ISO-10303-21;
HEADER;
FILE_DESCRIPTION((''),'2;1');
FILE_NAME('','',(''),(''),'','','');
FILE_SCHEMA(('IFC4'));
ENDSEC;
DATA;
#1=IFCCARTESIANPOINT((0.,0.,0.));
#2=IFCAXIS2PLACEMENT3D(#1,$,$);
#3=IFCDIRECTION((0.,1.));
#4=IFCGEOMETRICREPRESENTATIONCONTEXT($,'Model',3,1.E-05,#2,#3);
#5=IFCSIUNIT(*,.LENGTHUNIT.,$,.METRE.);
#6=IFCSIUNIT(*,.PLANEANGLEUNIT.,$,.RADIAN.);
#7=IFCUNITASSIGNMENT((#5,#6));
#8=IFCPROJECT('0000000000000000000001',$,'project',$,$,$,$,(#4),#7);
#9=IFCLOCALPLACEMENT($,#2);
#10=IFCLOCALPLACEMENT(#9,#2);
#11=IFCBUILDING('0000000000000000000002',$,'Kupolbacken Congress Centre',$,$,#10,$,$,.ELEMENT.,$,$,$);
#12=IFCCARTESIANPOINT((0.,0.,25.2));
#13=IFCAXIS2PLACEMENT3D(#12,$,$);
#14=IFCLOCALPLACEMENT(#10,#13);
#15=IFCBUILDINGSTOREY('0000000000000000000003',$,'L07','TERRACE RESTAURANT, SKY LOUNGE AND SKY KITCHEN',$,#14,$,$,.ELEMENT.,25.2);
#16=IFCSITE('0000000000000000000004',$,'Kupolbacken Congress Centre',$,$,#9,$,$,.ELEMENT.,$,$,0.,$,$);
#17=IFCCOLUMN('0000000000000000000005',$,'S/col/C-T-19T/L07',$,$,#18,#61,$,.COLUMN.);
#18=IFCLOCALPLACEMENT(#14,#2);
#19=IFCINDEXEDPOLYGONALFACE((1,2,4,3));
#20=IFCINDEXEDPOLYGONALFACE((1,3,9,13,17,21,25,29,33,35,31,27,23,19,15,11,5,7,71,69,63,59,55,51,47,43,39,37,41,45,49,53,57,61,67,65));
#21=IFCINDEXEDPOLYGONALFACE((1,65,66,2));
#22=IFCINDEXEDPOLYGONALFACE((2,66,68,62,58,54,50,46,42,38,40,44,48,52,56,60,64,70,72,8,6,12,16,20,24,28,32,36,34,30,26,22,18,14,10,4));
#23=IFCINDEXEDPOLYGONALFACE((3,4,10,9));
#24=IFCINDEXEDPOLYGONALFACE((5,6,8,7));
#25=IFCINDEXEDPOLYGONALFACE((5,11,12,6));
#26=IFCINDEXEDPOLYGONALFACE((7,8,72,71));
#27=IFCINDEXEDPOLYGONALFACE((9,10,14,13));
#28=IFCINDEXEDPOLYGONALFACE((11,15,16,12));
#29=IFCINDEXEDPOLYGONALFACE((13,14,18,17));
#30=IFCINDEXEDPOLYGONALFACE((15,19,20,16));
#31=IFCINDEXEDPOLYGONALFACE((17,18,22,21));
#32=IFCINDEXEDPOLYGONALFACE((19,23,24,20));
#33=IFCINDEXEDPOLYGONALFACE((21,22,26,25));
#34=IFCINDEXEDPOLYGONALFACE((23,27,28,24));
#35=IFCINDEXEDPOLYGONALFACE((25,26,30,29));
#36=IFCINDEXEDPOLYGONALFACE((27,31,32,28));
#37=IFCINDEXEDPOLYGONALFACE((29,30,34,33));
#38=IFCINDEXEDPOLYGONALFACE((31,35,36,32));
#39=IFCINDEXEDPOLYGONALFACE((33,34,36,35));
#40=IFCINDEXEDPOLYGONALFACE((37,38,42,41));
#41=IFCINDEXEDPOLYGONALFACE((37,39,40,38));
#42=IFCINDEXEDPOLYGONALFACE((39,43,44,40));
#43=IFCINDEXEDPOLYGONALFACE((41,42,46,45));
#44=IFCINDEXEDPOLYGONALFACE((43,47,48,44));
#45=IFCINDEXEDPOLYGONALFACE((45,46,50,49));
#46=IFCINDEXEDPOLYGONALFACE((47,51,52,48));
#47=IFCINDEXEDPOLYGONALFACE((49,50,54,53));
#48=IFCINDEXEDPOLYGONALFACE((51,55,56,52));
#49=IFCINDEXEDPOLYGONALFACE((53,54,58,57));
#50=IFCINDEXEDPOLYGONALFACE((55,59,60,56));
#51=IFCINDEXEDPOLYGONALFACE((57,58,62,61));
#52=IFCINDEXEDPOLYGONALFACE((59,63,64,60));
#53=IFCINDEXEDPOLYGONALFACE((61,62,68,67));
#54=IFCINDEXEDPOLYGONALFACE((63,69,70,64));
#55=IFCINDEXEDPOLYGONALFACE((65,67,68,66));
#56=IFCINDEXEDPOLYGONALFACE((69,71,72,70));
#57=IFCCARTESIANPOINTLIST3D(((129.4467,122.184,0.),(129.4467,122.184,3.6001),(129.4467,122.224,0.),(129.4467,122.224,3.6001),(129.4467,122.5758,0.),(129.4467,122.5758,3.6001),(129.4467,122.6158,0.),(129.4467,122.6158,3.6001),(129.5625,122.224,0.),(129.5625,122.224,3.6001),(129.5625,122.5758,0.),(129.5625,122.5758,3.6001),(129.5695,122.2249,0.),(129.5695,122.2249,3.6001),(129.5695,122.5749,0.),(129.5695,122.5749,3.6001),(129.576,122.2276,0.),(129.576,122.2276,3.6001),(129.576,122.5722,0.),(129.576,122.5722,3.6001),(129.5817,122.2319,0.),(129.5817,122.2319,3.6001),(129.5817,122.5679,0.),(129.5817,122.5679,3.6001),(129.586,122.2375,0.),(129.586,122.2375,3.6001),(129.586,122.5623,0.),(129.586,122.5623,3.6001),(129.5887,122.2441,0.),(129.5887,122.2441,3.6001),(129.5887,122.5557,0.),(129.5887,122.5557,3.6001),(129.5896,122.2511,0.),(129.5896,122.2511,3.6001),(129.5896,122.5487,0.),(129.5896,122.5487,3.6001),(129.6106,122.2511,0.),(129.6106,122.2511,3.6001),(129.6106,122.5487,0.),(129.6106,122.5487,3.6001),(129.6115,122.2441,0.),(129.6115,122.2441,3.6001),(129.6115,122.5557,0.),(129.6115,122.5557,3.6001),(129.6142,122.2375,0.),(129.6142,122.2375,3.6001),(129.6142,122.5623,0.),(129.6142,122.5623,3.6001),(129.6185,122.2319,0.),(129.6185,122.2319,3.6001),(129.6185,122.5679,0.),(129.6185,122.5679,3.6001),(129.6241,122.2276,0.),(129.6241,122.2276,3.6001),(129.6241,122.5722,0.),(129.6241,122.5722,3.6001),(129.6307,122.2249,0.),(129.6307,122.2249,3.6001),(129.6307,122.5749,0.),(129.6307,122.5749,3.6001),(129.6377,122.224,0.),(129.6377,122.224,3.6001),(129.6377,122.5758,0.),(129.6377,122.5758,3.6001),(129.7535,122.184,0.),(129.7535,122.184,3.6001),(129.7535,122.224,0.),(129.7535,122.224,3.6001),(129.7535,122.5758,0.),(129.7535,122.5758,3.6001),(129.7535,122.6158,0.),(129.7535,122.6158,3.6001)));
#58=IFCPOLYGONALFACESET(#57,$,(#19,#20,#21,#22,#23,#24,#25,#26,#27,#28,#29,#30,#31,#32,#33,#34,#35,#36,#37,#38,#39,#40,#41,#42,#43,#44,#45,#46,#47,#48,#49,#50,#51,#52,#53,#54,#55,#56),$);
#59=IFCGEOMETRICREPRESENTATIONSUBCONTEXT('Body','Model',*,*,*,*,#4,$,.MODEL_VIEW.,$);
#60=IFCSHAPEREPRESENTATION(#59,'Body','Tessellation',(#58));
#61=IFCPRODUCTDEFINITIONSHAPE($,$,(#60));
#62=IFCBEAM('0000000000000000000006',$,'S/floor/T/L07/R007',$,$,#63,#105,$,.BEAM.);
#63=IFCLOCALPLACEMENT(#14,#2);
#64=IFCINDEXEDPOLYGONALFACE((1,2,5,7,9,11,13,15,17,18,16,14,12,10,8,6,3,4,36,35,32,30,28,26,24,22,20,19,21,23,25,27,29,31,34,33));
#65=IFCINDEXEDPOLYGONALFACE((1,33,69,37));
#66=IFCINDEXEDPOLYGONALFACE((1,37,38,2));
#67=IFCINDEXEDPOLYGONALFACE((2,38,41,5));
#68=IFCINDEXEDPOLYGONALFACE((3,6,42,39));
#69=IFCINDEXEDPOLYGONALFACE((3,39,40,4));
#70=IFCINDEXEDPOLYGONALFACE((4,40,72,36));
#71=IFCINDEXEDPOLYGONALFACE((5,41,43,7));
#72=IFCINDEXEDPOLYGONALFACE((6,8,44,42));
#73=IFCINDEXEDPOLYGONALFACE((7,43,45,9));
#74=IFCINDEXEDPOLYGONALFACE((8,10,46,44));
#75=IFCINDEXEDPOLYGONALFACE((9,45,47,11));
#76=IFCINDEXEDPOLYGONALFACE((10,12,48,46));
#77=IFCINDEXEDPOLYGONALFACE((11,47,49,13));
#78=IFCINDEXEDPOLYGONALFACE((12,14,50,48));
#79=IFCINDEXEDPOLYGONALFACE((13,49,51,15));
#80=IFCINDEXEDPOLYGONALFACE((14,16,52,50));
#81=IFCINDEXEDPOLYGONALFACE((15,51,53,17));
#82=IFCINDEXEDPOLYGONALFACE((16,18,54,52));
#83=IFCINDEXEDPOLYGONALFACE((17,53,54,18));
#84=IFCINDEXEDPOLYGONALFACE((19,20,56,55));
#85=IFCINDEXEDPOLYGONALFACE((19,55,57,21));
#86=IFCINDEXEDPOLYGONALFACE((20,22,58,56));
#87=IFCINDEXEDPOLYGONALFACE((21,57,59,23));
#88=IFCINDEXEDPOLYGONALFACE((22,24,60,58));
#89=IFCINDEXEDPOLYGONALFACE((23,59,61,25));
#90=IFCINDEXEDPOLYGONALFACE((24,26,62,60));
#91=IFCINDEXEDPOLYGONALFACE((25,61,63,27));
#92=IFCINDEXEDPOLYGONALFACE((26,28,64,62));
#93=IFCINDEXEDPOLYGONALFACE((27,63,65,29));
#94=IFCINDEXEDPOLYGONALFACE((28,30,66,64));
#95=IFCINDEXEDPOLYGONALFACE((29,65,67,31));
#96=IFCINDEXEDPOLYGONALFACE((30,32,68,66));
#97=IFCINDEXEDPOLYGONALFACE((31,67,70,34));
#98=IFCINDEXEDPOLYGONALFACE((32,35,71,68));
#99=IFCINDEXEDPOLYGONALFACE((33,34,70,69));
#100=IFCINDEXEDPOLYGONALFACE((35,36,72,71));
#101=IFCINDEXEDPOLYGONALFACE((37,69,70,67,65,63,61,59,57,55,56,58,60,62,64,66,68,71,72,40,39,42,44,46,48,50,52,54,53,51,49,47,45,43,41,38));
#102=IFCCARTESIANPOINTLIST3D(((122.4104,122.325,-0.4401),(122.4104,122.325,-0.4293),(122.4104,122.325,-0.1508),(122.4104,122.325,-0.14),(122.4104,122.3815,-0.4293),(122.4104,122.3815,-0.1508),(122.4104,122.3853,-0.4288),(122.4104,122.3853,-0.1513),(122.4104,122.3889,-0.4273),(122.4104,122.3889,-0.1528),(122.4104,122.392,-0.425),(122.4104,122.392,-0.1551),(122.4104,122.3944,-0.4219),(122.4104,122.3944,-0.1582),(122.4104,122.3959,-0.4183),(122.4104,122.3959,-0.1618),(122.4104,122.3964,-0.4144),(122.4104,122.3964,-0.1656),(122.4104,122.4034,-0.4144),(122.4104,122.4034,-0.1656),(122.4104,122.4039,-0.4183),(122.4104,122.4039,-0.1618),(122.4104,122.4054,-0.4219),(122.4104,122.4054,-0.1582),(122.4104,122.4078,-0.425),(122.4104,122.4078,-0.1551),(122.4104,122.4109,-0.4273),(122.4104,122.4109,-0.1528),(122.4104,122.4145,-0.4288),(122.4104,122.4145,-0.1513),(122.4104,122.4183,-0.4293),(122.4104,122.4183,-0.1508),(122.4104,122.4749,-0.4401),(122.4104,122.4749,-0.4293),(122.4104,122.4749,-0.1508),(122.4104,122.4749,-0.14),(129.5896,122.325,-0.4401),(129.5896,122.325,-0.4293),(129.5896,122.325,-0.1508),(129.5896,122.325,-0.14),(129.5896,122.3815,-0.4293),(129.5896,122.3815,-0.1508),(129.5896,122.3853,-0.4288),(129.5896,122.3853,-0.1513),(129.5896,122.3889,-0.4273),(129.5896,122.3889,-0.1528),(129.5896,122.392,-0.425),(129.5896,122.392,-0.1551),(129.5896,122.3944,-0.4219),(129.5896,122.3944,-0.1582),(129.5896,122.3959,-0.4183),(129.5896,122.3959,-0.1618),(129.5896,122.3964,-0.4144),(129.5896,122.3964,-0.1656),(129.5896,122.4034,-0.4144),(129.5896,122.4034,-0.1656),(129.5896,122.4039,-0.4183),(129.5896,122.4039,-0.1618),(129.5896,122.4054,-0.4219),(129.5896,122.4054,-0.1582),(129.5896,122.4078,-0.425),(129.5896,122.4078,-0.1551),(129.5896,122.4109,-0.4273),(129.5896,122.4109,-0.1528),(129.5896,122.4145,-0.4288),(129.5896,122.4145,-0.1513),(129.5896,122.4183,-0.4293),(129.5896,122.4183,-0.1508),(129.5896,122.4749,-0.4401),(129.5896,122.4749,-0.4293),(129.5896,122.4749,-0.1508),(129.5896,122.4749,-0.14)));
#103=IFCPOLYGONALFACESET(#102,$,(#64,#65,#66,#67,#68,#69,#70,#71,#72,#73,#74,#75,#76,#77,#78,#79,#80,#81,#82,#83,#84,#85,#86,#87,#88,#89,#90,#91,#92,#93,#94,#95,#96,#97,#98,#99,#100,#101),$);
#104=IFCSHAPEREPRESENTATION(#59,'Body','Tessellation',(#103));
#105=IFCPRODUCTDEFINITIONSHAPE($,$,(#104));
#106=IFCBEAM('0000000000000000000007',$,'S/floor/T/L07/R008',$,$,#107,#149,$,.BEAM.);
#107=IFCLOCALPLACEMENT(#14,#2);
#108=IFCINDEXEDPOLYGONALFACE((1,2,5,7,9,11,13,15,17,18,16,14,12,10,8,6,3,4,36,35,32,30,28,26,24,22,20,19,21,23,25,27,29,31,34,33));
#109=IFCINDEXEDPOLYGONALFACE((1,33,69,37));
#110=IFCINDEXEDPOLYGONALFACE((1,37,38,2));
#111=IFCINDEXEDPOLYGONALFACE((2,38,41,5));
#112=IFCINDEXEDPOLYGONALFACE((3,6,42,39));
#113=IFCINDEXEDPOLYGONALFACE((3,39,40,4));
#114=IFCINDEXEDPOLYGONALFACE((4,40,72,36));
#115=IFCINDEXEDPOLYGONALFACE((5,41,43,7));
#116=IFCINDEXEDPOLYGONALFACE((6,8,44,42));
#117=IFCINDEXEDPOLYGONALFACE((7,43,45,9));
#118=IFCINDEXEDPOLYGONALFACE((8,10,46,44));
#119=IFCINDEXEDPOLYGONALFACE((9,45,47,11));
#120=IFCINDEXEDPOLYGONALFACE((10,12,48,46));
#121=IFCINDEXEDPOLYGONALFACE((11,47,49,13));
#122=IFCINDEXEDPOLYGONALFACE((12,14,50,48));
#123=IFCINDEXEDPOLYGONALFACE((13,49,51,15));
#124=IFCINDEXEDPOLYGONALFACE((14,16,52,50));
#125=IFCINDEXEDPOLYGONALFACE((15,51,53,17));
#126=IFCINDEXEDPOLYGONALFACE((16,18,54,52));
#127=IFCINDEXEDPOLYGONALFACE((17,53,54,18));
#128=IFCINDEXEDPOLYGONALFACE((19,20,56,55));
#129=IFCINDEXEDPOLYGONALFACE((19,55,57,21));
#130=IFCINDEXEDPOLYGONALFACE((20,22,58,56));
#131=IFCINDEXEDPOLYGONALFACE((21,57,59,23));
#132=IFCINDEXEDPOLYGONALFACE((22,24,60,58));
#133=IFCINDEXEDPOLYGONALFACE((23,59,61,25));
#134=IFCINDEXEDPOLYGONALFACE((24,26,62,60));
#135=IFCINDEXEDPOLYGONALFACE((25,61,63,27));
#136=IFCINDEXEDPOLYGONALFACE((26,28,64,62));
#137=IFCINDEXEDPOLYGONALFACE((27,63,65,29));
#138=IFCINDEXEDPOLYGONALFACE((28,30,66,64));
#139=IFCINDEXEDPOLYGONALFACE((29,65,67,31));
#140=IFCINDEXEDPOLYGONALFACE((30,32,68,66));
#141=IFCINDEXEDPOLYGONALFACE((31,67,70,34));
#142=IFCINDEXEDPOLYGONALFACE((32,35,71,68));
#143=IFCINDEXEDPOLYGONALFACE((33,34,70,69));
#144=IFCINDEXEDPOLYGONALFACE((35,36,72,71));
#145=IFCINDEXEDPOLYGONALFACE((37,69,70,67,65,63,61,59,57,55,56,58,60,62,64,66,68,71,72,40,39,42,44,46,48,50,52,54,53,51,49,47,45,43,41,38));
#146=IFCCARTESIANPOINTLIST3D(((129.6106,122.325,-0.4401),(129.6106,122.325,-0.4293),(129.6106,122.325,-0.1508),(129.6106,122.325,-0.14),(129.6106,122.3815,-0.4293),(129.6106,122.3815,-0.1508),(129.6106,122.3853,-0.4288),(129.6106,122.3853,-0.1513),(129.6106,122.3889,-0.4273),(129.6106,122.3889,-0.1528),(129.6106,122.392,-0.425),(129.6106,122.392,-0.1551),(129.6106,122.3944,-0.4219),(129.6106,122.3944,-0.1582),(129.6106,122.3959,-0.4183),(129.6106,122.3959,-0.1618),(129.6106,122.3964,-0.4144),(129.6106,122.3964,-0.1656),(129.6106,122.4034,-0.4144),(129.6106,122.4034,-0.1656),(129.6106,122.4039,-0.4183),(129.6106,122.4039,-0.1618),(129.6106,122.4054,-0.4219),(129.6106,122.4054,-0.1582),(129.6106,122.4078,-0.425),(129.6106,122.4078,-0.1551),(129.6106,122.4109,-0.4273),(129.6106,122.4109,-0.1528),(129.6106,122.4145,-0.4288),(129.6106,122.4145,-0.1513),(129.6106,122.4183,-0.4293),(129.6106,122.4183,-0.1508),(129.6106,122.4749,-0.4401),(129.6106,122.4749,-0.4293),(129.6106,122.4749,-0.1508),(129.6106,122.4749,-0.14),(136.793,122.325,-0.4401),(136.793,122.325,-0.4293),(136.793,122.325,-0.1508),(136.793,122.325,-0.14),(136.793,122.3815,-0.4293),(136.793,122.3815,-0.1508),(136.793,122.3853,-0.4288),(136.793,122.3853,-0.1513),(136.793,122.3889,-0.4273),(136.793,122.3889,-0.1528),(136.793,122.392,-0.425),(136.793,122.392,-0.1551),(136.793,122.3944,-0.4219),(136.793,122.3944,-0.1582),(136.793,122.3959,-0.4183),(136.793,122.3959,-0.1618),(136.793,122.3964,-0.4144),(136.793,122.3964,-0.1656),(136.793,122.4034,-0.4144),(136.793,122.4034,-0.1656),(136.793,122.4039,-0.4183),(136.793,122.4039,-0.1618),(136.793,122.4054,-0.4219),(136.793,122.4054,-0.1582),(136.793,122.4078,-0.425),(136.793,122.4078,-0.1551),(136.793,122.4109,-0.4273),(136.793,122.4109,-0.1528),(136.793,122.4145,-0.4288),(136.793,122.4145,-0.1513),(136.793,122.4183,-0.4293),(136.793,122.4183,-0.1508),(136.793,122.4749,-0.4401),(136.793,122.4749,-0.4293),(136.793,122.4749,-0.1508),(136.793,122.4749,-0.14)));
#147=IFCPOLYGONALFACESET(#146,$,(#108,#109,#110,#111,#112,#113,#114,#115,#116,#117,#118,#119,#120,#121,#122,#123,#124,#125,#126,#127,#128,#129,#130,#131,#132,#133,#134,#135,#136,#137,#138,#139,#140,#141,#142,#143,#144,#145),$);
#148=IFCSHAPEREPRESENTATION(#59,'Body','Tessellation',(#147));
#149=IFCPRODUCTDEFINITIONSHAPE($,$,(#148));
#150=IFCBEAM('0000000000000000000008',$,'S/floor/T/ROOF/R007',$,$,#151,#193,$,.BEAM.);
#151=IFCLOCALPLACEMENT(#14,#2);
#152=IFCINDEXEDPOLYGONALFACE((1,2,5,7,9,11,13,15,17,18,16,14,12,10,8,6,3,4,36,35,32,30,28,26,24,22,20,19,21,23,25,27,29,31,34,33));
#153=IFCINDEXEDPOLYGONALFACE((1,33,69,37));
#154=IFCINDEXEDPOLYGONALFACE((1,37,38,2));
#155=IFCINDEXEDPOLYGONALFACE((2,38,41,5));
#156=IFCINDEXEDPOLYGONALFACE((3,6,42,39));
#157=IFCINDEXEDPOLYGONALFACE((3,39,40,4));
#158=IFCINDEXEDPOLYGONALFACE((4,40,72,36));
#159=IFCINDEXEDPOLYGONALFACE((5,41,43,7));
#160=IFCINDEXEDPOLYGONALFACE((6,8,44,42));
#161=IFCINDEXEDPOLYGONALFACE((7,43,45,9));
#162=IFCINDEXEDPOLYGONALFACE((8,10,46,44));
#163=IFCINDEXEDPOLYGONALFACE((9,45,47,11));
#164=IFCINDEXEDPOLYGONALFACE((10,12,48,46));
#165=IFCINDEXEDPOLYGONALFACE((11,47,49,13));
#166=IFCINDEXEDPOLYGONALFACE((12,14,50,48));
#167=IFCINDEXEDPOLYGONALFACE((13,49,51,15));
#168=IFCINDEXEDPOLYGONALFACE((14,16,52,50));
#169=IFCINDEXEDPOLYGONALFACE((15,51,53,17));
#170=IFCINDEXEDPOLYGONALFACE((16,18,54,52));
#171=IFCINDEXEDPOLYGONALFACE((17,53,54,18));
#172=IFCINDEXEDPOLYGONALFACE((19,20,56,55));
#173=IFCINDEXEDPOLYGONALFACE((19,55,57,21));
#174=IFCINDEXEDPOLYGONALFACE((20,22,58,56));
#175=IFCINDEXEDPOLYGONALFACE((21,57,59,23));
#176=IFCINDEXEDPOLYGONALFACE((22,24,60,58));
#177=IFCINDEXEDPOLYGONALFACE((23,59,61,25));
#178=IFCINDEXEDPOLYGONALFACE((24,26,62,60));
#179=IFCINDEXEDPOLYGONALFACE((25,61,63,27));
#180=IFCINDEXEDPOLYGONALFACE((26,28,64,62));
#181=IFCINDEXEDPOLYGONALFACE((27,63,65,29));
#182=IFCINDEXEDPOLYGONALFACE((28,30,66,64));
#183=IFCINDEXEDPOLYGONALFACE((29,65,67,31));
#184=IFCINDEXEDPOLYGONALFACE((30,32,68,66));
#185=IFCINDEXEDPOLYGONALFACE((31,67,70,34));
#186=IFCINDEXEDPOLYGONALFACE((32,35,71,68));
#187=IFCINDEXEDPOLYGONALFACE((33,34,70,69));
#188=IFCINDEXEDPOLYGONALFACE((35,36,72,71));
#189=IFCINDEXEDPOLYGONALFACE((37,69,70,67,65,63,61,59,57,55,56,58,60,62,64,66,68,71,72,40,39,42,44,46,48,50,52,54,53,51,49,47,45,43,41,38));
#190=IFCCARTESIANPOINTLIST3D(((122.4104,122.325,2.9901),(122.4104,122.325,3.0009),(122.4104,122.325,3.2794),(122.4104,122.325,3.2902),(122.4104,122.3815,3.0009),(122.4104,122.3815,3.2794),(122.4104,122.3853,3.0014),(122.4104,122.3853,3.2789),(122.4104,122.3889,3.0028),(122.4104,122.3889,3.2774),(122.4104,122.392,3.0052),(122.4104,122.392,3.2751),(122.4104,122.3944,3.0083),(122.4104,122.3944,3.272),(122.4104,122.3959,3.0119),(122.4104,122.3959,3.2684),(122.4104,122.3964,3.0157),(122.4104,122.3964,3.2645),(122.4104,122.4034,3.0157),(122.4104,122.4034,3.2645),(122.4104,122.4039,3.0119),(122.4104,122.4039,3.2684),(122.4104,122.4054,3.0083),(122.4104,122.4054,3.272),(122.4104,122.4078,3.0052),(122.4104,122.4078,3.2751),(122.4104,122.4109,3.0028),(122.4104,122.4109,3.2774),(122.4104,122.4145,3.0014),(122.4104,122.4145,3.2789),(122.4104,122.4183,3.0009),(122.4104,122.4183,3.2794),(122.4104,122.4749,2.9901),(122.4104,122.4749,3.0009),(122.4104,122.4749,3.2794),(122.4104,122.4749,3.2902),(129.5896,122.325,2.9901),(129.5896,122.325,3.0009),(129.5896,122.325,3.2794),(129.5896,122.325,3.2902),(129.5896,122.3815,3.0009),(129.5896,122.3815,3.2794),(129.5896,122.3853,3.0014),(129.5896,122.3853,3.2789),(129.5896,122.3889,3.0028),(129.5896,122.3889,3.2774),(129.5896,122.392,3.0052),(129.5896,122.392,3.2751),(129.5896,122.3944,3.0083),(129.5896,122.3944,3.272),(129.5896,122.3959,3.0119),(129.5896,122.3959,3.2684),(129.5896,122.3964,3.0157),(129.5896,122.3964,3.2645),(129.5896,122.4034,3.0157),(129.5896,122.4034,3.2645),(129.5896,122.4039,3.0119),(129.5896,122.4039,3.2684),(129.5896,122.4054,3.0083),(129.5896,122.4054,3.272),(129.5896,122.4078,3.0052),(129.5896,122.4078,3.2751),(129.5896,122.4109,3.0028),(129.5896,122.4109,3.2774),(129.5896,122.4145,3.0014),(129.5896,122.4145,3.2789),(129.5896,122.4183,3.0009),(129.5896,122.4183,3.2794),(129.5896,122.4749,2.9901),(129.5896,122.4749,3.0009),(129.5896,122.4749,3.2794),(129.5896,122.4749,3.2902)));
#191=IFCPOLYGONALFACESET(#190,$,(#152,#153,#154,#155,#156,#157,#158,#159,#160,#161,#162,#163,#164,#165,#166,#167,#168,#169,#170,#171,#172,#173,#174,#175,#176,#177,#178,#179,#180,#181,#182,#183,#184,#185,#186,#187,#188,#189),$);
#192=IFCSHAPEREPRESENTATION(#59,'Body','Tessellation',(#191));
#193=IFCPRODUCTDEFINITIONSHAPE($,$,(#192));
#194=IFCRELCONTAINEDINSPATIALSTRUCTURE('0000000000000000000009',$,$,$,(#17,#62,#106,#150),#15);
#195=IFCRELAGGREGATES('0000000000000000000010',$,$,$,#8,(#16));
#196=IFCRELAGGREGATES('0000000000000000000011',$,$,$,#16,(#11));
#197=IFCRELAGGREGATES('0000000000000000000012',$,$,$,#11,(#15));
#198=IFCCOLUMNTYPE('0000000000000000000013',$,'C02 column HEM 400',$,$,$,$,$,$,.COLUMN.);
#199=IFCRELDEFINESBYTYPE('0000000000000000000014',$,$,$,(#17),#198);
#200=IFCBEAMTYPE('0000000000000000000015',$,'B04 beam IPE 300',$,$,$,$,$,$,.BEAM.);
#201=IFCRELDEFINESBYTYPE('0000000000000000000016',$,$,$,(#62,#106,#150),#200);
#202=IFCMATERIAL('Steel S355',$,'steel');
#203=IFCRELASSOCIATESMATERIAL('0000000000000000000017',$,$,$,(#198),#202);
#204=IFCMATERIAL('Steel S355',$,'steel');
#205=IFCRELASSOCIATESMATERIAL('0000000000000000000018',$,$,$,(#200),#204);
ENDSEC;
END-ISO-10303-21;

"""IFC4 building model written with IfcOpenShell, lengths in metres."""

from ifc_helpers import new_model, si_unit, direction, frame, origin, origin_2d, place, context, subcontext, project, spatial, i_section, extrude, material, material_profile, profile_set, type_object, element, save


model = new_model("IFC4")

# Units and contexts
model_context = context("Model", 3, precision=1e-05, world=origin(), true_north=direction((0.0, 1.0)))
body_context = subcontext(model_context, "Body", "Model", "MODEL_VIEW")
ifc_project = project(units=[si_unit("LENGTHUNIT", "METRE"), si_unit("PLANEANGLEUNIT", "RADIAN")], contexts=[model_context])

# Site, building, storey
site_placement = place(None, origin())
site = spatial("IfcSite", under=ifc_project, at=site_placement, Name="Kupolbacken Congress Centre", CompositionType="ELEMENT", RefElevation=0.0)
building_placement = place(site_placement, origin())
building = spatial("IfcBuilding", under=site, at=building_placement, Name="Kupolbacken Congress Centre", CompositionType="ELEMENT")
storey_placement = place(building_placement, frame((0.0, 0.0, 25.2)))
storey = spatial("IfcBuildingStorey", under=building, at=storey_placement, Name="L07", Description="TERRACE RESTAURANT, SKY LOUNGE AND SKY KITCHEN", CompositionType="ELEMENT", Elevation=25.2)

# Column
ifc_material_1 = material(Name="Steel S355", Category="steel")
ifc_material_profile_1 = material_profile(ifc_material_1, i_section(OverallWidth=0.3069, OverallDepth=0.4319, WebThickness=0.021, FlangeThickness=0.04, FilletRadius=0.0271, at=origin_2d()), Name="HEM 400")
ifc_profile_set_1 = profile_set([ifc_material_profile_1], Name="Steel S355")
column_type = type_object("IfcColumnType", Name="C02 column HEM 400", PredefinedType="COLUMN", material=ifc_profile_set_1)
column_placement = place(storey_placement, frame((129.6001, 122.3999, 0.0), z_axis=(0.0, 0.0, 1.0), x_axis=(1.0, 0.0, 0.0)))
element("IfcColumn", 1, at=column_placement, inside=storey, type_object=column_type, Name="S/col/C-T-19T/L07", PredefinedType="COLUMN", context=body_context, shape_type="SweptSolid", body=[
    extrude(i_section(OverallWidth=0.3069, OverallDepth=0.4319, WebThickness=0.021, FlangeThickness=0.04, FilletRadius=0.0271, at=origin_2d()), origin(), (0.0, 0.0, 1.0), 3.6001),
])

# Beams
ifc_material_2 = material(Name="Steel S355", Category="steel")
ifc_material_profile_2 = material_profile(ifc_material_2, i_section(OverallWidth=0.1499, OverallDepth=0.3, WebThickness=0.0071, FlangeThickness=0.0107, FilletRadius=0.0149, at=origin_2d()), Name="IPE 300")
ifc_profile_set_2 = profile_set([ifc_material_profile_2], Name="Steel S355")
beam_type_1 = type_object("IfcBeamType", Name="B04 beam IPE 300", PredefinedType="BEAM", material=ifc_profile_set_2)
beam_1_placement = place(storey_placement, frame((122.4104, 122.3999, -0.29), z_axis=(1.0, 0.0, 0.0), x_axis=(0.0, 1.0, 0.0)))
element("IfcBeam", 2, at=beam_1_placement, inside=storey, type_object=beam_type_1, Name="S/floor/T/L07/R007", PredefinedType="BEAM", context=body_context, shape_type="SweptSolid", body=[
    extrude(i_section(OverallWidth=0.1499, OverallDepth=0.3, WebThickness=0.0071, FlangeThickness=0.0107, FilletRadius=0.0149, at=origin_2d()), origin(), (0.0, 0.0, 1.0), 7.1792),
])
beam_2_placement = place(storey_placement, frame((129.6106, 122.3999, -0.29), z_axis=(1.0, 0.0, 0.0), x_axis=(0.0, 1.0, 0.0)))
element("IfcBeam", 3, at=beam_2_placement, inside=storey, type_object=beam_type_1, Name="S/floor/T/L07/R008", PredefinedType="BEAM", context=body_context, shape_type="SweptSolid", body=[
    extrude(i_section(OverallWidth=0.1499, OverallDepth=0.3, WebThickness=0.0071, FlangeThickness=0.0107, FilletRadius=0.0149, at=origin_2d()), origin(), (0.0, 0.0, 1.0), 7.1824),
])
beam_3_placement = place(storey_placement, frame((122.4104, 122.3999, 3.1401), z_axis=(1.0, 0.0, 0.0), x_axis=(0.0, 1.0, 0.0)))
element("IfcBeam", 4, at=beam_3_placement, inside=storey, type_object=beam_type_1, Name="S/floor/T/ROOF/R007", PredefinedType="BEAM", context=body_context, shape_type="SweptSolid", body=[
    extrude(i_section(OverallWidth=0.1499, OverallDepth=0.3, WebThickness=0.0071, FlangeThickness=0.0107, FilletRadius=0.0149, at=origin_2d()), origin(), (0.0, 0.0, 1.0), 7.1792),
])

save(model, "model.ifc")
